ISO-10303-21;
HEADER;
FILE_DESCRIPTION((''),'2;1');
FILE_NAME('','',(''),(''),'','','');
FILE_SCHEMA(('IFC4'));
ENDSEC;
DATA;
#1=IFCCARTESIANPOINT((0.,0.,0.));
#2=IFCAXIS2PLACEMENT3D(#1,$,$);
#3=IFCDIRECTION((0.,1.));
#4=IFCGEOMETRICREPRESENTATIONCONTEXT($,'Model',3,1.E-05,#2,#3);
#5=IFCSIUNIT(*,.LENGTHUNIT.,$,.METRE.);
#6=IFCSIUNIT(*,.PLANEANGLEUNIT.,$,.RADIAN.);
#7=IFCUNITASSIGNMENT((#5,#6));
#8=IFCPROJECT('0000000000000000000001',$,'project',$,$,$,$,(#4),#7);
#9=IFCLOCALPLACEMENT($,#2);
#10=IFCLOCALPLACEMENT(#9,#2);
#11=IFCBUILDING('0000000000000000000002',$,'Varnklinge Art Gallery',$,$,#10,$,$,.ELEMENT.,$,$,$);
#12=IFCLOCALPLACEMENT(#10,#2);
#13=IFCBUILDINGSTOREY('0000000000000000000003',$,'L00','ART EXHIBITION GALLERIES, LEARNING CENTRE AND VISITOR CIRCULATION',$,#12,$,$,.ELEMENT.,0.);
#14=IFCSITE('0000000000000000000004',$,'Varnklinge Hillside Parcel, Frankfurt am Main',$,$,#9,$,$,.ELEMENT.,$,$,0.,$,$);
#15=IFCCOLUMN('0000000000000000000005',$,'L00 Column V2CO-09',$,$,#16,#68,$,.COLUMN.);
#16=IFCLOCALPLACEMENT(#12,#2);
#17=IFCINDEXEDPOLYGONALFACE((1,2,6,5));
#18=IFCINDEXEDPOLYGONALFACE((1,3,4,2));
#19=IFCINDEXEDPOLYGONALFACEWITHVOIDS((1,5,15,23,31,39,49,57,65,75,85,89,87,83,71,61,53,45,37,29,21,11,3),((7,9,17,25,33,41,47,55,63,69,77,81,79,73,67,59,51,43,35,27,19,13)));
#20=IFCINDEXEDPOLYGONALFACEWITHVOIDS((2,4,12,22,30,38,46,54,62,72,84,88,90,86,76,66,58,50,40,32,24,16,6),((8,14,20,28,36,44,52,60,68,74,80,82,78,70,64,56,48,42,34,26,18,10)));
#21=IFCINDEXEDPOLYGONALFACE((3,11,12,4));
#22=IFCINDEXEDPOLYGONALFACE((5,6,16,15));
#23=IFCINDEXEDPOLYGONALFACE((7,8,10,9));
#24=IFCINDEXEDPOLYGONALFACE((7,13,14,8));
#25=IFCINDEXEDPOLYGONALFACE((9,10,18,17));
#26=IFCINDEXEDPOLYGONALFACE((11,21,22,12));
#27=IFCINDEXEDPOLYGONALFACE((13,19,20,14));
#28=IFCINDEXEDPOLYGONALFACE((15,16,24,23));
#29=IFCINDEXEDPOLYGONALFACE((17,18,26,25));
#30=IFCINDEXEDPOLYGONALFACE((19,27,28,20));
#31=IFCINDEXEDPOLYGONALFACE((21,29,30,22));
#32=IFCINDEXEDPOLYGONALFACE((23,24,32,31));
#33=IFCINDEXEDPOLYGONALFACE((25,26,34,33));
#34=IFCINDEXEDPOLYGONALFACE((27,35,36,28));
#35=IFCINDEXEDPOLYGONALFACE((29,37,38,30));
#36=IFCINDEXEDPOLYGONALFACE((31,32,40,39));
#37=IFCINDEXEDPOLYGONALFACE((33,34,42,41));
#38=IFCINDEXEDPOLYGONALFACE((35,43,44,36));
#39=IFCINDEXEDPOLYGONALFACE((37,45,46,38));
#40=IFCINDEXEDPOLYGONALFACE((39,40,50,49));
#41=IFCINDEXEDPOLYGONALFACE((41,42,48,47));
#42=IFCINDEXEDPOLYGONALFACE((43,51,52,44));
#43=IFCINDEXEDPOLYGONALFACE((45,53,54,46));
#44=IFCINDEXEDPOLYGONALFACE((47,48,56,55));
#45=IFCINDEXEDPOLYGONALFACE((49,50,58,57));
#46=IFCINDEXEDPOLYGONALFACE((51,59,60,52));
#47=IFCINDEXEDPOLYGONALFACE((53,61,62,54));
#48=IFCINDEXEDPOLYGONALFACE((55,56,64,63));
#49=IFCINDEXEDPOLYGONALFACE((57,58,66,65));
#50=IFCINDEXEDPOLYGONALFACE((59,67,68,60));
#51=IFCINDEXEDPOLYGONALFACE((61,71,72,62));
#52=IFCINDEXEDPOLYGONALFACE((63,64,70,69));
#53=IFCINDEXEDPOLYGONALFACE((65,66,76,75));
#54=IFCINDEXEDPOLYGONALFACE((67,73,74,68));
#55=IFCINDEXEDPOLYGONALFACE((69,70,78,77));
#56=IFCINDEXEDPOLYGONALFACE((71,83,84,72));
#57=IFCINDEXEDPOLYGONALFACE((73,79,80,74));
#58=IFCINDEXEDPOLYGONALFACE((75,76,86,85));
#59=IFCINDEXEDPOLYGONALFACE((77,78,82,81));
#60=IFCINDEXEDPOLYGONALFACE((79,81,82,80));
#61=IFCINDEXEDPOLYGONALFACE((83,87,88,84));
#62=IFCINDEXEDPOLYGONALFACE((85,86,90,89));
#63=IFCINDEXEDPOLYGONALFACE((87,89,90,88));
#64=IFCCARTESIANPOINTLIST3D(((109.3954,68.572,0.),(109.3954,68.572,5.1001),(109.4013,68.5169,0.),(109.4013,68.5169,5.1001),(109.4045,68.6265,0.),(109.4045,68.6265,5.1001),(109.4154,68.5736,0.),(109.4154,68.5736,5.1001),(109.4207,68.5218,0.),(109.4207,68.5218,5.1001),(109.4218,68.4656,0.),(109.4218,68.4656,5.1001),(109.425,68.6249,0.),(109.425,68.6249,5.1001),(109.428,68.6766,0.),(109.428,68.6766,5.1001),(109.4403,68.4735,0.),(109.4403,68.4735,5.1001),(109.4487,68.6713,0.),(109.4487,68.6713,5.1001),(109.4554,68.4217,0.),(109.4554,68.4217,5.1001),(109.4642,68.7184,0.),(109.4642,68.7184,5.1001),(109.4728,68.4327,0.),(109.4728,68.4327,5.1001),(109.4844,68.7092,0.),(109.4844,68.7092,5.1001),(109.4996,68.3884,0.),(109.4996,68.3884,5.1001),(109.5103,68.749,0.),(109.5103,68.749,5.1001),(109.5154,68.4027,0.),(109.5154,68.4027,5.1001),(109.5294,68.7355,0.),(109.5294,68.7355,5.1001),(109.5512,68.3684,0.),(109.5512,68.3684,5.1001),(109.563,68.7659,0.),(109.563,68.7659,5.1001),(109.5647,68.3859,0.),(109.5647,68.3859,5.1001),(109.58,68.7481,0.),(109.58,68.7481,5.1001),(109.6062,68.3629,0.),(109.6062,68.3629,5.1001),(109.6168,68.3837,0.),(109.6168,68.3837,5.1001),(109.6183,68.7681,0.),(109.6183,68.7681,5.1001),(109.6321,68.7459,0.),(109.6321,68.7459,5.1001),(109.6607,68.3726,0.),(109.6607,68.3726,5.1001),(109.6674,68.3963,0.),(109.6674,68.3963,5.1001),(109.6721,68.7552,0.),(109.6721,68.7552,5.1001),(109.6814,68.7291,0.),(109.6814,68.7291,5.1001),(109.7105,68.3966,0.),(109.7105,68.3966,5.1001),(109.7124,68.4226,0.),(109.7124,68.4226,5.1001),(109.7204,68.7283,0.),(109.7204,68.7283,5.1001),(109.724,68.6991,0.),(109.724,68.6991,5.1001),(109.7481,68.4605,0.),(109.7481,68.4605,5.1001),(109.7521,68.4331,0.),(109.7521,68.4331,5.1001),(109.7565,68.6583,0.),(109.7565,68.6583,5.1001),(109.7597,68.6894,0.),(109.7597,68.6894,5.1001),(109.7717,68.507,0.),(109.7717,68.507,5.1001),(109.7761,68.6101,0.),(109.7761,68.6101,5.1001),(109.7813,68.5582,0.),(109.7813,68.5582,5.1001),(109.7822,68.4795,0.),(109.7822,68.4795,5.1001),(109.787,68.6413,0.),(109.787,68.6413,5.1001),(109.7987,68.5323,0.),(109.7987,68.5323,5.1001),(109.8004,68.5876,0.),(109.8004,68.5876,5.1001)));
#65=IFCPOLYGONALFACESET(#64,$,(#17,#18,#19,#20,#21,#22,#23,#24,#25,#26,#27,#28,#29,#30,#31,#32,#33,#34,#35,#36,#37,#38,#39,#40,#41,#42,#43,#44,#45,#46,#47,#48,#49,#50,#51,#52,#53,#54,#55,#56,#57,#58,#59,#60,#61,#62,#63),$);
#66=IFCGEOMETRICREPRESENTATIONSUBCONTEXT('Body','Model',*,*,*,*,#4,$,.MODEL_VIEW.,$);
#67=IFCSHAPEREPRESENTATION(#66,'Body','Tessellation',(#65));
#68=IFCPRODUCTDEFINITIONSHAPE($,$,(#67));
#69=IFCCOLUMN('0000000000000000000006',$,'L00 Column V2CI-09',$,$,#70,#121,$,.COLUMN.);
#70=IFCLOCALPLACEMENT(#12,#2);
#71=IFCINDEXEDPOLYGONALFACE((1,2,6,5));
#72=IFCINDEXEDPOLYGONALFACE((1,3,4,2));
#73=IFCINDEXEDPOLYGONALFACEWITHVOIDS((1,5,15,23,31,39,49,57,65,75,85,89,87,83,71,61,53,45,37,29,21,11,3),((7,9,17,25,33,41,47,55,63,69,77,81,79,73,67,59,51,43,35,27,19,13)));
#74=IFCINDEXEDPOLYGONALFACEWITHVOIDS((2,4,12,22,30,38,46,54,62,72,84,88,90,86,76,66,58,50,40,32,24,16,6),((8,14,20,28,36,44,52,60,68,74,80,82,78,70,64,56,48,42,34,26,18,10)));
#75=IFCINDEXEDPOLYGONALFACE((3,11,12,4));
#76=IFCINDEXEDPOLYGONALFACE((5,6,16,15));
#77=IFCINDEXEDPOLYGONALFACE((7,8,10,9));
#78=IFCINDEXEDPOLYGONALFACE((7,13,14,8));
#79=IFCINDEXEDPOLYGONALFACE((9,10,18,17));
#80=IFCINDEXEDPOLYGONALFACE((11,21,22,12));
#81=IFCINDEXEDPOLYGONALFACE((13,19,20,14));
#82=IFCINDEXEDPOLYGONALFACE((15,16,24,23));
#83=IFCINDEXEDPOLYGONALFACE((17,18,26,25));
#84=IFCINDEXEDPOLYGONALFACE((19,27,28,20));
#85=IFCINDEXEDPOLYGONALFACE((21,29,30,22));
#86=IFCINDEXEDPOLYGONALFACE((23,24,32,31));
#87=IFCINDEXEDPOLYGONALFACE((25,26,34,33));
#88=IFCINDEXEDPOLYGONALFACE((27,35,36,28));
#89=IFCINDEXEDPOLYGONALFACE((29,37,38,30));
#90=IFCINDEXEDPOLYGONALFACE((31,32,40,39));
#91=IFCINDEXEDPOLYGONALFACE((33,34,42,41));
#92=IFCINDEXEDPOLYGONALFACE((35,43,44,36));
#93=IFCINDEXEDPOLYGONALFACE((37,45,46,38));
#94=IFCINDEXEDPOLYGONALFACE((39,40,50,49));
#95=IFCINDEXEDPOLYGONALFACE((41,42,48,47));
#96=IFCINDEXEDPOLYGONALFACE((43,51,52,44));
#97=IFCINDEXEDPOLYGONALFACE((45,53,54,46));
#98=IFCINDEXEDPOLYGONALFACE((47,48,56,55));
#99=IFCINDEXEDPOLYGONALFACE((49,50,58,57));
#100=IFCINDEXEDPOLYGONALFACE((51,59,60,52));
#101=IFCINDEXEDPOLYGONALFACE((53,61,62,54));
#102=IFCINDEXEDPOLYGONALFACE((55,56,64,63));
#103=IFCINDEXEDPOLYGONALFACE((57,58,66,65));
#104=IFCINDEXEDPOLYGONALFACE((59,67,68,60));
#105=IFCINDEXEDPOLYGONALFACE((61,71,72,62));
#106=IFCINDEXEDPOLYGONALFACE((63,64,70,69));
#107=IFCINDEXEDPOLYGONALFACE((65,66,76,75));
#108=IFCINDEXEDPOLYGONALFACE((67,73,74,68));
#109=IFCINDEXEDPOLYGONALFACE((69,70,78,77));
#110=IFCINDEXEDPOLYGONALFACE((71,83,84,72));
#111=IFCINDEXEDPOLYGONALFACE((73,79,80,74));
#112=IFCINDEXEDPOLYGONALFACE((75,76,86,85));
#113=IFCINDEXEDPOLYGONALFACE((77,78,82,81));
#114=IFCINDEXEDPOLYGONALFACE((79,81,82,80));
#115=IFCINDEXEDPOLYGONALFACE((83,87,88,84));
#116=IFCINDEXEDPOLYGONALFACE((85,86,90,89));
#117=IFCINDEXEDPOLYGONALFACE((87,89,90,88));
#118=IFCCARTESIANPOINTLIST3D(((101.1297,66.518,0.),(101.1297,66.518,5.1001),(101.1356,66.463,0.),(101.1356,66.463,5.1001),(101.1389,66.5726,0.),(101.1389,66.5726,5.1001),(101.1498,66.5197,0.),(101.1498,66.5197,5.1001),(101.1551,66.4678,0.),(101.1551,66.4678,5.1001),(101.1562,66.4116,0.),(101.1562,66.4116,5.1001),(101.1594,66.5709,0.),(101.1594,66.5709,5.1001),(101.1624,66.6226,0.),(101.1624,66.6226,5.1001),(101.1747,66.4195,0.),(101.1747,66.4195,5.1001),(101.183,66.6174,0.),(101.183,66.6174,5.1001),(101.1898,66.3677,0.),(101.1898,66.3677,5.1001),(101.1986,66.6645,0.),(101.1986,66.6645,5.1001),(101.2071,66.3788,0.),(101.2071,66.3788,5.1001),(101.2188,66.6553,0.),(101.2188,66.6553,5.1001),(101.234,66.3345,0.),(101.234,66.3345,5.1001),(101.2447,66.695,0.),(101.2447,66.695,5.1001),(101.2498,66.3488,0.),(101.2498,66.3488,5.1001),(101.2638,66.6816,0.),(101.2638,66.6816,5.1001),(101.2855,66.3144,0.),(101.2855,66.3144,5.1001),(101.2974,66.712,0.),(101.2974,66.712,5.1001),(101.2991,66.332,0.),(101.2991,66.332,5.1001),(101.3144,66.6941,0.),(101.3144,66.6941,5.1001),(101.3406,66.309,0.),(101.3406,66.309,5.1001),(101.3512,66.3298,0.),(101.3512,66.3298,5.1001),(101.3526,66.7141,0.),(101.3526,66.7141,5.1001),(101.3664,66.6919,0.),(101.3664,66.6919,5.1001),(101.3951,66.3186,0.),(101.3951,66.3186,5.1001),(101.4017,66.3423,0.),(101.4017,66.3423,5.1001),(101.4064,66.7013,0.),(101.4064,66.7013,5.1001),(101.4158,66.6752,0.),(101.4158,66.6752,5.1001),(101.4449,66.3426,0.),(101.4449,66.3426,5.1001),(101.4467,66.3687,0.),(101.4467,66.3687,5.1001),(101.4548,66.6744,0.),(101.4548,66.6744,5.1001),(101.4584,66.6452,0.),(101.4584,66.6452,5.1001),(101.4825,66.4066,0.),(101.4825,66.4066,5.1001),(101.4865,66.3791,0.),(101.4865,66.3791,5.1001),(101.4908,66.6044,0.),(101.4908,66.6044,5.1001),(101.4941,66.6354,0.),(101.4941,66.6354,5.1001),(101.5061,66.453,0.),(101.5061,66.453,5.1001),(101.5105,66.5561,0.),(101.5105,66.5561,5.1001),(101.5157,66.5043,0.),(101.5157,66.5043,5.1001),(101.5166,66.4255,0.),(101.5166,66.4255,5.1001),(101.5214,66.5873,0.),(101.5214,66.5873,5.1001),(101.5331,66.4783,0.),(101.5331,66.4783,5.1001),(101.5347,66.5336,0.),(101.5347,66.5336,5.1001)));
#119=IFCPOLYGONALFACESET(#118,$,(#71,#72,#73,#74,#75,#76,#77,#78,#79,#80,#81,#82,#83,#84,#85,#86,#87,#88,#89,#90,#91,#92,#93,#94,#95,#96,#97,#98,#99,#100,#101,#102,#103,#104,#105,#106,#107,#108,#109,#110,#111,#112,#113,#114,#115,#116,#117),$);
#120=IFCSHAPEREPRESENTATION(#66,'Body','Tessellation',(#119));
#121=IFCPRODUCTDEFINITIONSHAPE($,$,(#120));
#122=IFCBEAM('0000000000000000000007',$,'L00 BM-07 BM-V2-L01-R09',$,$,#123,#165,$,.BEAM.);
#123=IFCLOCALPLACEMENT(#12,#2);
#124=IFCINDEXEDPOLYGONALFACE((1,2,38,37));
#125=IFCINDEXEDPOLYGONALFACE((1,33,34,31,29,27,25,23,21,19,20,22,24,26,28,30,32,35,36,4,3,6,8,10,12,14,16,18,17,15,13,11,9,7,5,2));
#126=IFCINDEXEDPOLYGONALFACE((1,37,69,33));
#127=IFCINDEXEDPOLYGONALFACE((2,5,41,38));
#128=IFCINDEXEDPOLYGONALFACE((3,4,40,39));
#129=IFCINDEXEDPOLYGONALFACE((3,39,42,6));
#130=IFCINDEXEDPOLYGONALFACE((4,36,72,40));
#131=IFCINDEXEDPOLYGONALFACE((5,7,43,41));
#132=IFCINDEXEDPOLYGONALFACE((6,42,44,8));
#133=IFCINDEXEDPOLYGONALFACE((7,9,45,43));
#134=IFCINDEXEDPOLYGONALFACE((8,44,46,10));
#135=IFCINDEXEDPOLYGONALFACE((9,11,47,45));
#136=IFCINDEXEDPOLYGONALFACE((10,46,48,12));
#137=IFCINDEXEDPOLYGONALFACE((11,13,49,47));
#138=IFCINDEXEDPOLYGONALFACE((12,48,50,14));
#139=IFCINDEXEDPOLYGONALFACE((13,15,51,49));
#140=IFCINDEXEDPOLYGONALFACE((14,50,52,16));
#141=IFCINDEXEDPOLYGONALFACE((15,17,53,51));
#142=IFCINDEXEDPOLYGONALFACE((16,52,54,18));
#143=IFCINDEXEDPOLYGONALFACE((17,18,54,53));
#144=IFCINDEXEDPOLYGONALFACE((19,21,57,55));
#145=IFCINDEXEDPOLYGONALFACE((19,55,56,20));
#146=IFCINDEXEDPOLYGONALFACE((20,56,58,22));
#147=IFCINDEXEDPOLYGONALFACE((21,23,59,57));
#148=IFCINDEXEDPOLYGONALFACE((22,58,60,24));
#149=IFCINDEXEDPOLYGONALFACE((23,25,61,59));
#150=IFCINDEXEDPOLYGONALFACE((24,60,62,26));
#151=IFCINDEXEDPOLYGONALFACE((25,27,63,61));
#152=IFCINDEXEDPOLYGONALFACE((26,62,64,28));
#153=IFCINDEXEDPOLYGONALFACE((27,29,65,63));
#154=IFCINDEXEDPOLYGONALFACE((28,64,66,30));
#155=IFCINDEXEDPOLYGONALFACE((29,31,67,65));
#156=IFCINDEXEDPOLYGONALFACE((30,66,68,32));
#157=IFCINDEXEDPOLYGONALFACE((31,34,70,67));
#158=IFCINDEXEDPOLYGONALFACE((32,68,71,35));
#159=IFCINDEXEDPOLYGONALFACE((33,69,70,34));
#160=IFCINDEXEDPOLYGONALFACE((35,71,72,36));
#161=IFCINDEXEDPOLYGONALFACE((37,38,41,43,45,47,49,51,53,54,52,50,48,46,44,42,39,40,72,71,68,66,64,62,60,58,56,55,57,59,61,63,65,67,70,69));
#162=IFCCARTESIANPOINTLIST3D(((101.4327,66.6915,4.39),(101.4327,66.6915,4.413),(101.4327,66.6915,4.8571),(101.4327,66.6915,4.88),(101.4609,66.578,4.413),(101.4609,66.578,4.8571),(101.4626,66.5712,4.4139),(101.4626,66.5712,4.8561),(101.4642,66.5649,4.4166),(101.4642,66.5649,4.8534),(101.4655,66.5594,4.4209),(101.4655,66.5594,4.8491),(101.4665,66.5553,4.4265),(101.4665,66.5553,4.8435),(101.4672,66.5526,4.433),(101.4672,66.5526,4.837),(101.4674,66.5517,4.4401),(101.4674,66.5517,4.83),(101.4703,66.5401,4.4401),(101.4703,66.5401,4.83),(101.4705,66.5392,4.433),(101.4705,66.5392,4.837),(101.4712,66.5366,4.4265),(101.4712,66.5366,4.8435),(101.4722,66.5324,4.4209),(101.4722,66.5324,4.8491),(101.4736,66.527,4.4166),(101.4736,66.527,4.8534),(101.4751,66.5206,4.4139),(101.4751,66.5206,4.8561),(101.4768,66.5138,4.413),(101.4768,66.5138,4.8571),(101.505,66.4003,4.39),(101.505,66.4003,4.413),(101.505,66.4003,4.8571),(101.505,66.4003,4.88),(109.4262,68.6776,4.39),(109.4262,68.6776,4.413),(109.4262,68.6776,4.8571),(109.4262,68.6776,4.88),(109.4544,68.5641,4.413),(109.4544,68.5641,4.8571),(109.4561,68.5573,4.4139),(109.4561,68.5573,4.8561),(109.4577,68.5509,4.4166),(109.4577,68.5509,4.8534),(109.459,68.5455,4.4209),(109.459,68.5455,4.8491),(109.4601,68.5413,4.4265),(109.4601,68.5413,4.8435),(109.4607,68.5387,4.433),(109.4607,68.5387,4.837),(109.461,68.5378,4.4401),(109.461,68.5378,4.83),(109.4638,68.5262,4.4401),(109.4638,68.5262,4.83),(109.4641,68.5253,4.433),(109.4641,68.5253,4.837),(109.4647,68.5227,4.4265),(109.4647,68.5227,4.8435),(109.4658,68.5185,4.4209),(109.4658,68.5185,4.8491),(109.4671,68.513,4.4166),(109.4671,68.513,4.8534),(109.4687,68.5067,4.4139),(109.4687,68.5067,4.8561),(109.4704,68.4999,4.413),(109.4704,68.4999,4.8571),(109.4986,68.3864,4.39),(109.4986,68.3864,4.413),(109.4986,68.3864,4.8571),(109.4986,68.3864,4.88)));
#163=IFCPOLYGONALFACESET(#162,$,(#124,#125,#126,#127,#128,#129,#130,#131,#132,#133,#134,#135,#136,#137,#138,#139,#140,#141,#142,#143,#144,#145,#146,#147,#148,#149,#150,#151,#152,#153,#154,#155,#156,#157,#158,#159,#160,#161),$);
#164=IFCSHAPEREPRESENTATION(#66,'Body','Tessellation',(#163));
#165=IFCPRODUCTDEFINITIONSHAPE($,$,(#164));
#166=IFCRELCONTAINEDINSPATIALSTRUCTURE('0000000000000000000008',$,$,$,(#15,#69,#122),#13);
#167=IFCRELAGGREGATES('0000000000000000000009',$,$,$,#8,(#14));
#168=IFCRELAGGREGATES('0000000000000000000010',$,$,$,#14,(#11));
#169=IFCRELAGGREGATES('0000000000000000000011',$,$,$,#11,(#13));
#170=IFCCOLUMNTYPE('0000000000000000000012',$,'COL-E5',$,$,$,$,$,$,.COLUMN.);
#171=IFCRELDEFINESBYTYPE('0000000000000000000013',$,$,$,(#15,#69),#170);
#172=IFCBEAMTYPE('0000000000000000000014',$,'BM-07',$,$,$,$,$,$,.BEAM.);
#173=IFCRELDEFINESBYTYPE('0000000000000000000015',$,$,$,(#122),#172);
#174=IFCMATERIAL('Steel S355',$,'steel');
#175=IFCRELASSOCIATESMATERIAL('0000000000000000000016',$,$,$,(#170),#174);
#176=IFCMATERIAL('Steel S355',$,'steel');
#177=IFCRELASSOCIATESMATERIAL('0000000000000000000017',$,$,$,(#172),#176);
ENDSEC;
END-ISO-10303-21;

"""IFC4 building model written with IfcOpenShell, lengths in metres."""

from ifc_helpers import new_model, si_unit, direction, frame, origin, origin_2d, place, context, subcontext, project, spatial, hollow_circle, i_section, extrude, material, material_profile, profile_set, type_object, element, save


model = new_model("IFC4")

# Units and contexts
model_context = context("Model", 3, precision=1e-05, world=origin(), true_north=direction((0.0, 1.0)))
body_context = subcontext(model_context, "Body", "Model", "MODEL_VIEW")
ifc_project = project(units=[si_unit("LENGTHUNIT", "METRE"), si_unit("PLANEANGLEUNIT", "RADIAN")], contexts=[model_context])

# Site, building, storey
site_placement = place(None, origin())
site = spatial("IfcSite", under=ifc_project, at=site_placement, Name="Varnklinge Hillside Parcel, Frankfurt am Main", CompositionType="ELEMENT", RefElevation=0.0)
building_placement = place(site_placement, origin())
building = spatial("IfcBuilding", under=site, at=building_placement, Name="Varnklinge Art Gallery", CompositionType="ELEMENT")
storey_placement = place(building_placement, origin())
storey = spatial("IfcBuildingStorey", under=building, at=storey_placement, Name="L00", Description="ART EXHIBITION GALLERIES, LEARNING CENTRE AND VISITOR CIRCULATION", CompositionType="ELEMENT", Elevation=0.0)

# Columns
ifc_material_1 = material(Name="Steel S355", Category="steel")
ifc_material_profile_1 = material_profile(ifc_material_1, hollow_circle(Radius=0.2031, WallThickness=0.02, at=origin_2d()), Name="CHS 406.4x20")
ifc_profile_set_1 = profile_set([ifc_material_profile_1], Name="Steel S355")
column_type = type_object("IfcColumnType", Name="COL-E5", PredefinedType="COLUMN", material=ifc_profile_set_1)
for number, where, z_axis, x_axis, name in (
    (1, (109.5984, 68.5659, 0.0), (0.0, 0.0, 1.0), (-0.970506, -0.241075, 0.0), "L00 Column V2CO-09"),
    (2, (101.3328, 66.512, 0.0), (0.0, 0.0, 1.0), (-0.970506, -0.241075, 0.0), "L00 Column V2CI-09"),
):
    element("IfcColumn", number, at=place(storey_placement, frame(where, z_axis=z_axis, x_axis=x_axis)), inside=storey, type_object=column_type, Name=name, PredefinedType="COLUMN", context=body_context, shape_type="SweptSolid", body=[
        extrude(hollow_circle(Radius=0.2031, WallThickness=0.02, at=origin_2d()), origin(), (0.0, 0.0, 1.0), 5.1001),
    ])

# Beam
ifc_material_2 = material(Name="Steel S355", Category="steel")
ifc_material_profile_2 = material_profile(ifc_material_2, i_section(OverallWidth=0.3, OverallDepth=0.49, WebThickness=0.012, FlangeThickness=0.0229, FilletRadius=0.0271, at=origin_2d()), Name="HEA 500")
ifc_profile_set_2 = profile_set([ifc_material_profile_2], Name="Steel S355")
beam_type_1 = type_object("IfcBeamType", Name="BM-07", PredefinedType="BEAM", material=ifc_profile_set_2)
beam_1_placement = place(storey_placement, frame((109.4624, 68.532, 4.635), z_axis=(-0.970494, -0.241127, 0.0), x_axis=(0.241127, -0.970494, 0.0)))
element("IfcBeam", 3, at=beam_1_placement, inside=storey, type_object=beam_type_1, Name="L00 BM-07 BM-V2-L01-R09", PredefinedType="BEAM", context=body_context, shape_type="SweptSolid", body=[
    extrude(i_section(OverallWidth=0.3, OverallDepth=0.49, WebThickness=0.012, FlangeThickness=0.0229, FilletRadius=0.0271, at=origin_2d()), origin(), (0.0, 0.0, 1.0), 8.2366),
])

save(model, "model.ifc")
